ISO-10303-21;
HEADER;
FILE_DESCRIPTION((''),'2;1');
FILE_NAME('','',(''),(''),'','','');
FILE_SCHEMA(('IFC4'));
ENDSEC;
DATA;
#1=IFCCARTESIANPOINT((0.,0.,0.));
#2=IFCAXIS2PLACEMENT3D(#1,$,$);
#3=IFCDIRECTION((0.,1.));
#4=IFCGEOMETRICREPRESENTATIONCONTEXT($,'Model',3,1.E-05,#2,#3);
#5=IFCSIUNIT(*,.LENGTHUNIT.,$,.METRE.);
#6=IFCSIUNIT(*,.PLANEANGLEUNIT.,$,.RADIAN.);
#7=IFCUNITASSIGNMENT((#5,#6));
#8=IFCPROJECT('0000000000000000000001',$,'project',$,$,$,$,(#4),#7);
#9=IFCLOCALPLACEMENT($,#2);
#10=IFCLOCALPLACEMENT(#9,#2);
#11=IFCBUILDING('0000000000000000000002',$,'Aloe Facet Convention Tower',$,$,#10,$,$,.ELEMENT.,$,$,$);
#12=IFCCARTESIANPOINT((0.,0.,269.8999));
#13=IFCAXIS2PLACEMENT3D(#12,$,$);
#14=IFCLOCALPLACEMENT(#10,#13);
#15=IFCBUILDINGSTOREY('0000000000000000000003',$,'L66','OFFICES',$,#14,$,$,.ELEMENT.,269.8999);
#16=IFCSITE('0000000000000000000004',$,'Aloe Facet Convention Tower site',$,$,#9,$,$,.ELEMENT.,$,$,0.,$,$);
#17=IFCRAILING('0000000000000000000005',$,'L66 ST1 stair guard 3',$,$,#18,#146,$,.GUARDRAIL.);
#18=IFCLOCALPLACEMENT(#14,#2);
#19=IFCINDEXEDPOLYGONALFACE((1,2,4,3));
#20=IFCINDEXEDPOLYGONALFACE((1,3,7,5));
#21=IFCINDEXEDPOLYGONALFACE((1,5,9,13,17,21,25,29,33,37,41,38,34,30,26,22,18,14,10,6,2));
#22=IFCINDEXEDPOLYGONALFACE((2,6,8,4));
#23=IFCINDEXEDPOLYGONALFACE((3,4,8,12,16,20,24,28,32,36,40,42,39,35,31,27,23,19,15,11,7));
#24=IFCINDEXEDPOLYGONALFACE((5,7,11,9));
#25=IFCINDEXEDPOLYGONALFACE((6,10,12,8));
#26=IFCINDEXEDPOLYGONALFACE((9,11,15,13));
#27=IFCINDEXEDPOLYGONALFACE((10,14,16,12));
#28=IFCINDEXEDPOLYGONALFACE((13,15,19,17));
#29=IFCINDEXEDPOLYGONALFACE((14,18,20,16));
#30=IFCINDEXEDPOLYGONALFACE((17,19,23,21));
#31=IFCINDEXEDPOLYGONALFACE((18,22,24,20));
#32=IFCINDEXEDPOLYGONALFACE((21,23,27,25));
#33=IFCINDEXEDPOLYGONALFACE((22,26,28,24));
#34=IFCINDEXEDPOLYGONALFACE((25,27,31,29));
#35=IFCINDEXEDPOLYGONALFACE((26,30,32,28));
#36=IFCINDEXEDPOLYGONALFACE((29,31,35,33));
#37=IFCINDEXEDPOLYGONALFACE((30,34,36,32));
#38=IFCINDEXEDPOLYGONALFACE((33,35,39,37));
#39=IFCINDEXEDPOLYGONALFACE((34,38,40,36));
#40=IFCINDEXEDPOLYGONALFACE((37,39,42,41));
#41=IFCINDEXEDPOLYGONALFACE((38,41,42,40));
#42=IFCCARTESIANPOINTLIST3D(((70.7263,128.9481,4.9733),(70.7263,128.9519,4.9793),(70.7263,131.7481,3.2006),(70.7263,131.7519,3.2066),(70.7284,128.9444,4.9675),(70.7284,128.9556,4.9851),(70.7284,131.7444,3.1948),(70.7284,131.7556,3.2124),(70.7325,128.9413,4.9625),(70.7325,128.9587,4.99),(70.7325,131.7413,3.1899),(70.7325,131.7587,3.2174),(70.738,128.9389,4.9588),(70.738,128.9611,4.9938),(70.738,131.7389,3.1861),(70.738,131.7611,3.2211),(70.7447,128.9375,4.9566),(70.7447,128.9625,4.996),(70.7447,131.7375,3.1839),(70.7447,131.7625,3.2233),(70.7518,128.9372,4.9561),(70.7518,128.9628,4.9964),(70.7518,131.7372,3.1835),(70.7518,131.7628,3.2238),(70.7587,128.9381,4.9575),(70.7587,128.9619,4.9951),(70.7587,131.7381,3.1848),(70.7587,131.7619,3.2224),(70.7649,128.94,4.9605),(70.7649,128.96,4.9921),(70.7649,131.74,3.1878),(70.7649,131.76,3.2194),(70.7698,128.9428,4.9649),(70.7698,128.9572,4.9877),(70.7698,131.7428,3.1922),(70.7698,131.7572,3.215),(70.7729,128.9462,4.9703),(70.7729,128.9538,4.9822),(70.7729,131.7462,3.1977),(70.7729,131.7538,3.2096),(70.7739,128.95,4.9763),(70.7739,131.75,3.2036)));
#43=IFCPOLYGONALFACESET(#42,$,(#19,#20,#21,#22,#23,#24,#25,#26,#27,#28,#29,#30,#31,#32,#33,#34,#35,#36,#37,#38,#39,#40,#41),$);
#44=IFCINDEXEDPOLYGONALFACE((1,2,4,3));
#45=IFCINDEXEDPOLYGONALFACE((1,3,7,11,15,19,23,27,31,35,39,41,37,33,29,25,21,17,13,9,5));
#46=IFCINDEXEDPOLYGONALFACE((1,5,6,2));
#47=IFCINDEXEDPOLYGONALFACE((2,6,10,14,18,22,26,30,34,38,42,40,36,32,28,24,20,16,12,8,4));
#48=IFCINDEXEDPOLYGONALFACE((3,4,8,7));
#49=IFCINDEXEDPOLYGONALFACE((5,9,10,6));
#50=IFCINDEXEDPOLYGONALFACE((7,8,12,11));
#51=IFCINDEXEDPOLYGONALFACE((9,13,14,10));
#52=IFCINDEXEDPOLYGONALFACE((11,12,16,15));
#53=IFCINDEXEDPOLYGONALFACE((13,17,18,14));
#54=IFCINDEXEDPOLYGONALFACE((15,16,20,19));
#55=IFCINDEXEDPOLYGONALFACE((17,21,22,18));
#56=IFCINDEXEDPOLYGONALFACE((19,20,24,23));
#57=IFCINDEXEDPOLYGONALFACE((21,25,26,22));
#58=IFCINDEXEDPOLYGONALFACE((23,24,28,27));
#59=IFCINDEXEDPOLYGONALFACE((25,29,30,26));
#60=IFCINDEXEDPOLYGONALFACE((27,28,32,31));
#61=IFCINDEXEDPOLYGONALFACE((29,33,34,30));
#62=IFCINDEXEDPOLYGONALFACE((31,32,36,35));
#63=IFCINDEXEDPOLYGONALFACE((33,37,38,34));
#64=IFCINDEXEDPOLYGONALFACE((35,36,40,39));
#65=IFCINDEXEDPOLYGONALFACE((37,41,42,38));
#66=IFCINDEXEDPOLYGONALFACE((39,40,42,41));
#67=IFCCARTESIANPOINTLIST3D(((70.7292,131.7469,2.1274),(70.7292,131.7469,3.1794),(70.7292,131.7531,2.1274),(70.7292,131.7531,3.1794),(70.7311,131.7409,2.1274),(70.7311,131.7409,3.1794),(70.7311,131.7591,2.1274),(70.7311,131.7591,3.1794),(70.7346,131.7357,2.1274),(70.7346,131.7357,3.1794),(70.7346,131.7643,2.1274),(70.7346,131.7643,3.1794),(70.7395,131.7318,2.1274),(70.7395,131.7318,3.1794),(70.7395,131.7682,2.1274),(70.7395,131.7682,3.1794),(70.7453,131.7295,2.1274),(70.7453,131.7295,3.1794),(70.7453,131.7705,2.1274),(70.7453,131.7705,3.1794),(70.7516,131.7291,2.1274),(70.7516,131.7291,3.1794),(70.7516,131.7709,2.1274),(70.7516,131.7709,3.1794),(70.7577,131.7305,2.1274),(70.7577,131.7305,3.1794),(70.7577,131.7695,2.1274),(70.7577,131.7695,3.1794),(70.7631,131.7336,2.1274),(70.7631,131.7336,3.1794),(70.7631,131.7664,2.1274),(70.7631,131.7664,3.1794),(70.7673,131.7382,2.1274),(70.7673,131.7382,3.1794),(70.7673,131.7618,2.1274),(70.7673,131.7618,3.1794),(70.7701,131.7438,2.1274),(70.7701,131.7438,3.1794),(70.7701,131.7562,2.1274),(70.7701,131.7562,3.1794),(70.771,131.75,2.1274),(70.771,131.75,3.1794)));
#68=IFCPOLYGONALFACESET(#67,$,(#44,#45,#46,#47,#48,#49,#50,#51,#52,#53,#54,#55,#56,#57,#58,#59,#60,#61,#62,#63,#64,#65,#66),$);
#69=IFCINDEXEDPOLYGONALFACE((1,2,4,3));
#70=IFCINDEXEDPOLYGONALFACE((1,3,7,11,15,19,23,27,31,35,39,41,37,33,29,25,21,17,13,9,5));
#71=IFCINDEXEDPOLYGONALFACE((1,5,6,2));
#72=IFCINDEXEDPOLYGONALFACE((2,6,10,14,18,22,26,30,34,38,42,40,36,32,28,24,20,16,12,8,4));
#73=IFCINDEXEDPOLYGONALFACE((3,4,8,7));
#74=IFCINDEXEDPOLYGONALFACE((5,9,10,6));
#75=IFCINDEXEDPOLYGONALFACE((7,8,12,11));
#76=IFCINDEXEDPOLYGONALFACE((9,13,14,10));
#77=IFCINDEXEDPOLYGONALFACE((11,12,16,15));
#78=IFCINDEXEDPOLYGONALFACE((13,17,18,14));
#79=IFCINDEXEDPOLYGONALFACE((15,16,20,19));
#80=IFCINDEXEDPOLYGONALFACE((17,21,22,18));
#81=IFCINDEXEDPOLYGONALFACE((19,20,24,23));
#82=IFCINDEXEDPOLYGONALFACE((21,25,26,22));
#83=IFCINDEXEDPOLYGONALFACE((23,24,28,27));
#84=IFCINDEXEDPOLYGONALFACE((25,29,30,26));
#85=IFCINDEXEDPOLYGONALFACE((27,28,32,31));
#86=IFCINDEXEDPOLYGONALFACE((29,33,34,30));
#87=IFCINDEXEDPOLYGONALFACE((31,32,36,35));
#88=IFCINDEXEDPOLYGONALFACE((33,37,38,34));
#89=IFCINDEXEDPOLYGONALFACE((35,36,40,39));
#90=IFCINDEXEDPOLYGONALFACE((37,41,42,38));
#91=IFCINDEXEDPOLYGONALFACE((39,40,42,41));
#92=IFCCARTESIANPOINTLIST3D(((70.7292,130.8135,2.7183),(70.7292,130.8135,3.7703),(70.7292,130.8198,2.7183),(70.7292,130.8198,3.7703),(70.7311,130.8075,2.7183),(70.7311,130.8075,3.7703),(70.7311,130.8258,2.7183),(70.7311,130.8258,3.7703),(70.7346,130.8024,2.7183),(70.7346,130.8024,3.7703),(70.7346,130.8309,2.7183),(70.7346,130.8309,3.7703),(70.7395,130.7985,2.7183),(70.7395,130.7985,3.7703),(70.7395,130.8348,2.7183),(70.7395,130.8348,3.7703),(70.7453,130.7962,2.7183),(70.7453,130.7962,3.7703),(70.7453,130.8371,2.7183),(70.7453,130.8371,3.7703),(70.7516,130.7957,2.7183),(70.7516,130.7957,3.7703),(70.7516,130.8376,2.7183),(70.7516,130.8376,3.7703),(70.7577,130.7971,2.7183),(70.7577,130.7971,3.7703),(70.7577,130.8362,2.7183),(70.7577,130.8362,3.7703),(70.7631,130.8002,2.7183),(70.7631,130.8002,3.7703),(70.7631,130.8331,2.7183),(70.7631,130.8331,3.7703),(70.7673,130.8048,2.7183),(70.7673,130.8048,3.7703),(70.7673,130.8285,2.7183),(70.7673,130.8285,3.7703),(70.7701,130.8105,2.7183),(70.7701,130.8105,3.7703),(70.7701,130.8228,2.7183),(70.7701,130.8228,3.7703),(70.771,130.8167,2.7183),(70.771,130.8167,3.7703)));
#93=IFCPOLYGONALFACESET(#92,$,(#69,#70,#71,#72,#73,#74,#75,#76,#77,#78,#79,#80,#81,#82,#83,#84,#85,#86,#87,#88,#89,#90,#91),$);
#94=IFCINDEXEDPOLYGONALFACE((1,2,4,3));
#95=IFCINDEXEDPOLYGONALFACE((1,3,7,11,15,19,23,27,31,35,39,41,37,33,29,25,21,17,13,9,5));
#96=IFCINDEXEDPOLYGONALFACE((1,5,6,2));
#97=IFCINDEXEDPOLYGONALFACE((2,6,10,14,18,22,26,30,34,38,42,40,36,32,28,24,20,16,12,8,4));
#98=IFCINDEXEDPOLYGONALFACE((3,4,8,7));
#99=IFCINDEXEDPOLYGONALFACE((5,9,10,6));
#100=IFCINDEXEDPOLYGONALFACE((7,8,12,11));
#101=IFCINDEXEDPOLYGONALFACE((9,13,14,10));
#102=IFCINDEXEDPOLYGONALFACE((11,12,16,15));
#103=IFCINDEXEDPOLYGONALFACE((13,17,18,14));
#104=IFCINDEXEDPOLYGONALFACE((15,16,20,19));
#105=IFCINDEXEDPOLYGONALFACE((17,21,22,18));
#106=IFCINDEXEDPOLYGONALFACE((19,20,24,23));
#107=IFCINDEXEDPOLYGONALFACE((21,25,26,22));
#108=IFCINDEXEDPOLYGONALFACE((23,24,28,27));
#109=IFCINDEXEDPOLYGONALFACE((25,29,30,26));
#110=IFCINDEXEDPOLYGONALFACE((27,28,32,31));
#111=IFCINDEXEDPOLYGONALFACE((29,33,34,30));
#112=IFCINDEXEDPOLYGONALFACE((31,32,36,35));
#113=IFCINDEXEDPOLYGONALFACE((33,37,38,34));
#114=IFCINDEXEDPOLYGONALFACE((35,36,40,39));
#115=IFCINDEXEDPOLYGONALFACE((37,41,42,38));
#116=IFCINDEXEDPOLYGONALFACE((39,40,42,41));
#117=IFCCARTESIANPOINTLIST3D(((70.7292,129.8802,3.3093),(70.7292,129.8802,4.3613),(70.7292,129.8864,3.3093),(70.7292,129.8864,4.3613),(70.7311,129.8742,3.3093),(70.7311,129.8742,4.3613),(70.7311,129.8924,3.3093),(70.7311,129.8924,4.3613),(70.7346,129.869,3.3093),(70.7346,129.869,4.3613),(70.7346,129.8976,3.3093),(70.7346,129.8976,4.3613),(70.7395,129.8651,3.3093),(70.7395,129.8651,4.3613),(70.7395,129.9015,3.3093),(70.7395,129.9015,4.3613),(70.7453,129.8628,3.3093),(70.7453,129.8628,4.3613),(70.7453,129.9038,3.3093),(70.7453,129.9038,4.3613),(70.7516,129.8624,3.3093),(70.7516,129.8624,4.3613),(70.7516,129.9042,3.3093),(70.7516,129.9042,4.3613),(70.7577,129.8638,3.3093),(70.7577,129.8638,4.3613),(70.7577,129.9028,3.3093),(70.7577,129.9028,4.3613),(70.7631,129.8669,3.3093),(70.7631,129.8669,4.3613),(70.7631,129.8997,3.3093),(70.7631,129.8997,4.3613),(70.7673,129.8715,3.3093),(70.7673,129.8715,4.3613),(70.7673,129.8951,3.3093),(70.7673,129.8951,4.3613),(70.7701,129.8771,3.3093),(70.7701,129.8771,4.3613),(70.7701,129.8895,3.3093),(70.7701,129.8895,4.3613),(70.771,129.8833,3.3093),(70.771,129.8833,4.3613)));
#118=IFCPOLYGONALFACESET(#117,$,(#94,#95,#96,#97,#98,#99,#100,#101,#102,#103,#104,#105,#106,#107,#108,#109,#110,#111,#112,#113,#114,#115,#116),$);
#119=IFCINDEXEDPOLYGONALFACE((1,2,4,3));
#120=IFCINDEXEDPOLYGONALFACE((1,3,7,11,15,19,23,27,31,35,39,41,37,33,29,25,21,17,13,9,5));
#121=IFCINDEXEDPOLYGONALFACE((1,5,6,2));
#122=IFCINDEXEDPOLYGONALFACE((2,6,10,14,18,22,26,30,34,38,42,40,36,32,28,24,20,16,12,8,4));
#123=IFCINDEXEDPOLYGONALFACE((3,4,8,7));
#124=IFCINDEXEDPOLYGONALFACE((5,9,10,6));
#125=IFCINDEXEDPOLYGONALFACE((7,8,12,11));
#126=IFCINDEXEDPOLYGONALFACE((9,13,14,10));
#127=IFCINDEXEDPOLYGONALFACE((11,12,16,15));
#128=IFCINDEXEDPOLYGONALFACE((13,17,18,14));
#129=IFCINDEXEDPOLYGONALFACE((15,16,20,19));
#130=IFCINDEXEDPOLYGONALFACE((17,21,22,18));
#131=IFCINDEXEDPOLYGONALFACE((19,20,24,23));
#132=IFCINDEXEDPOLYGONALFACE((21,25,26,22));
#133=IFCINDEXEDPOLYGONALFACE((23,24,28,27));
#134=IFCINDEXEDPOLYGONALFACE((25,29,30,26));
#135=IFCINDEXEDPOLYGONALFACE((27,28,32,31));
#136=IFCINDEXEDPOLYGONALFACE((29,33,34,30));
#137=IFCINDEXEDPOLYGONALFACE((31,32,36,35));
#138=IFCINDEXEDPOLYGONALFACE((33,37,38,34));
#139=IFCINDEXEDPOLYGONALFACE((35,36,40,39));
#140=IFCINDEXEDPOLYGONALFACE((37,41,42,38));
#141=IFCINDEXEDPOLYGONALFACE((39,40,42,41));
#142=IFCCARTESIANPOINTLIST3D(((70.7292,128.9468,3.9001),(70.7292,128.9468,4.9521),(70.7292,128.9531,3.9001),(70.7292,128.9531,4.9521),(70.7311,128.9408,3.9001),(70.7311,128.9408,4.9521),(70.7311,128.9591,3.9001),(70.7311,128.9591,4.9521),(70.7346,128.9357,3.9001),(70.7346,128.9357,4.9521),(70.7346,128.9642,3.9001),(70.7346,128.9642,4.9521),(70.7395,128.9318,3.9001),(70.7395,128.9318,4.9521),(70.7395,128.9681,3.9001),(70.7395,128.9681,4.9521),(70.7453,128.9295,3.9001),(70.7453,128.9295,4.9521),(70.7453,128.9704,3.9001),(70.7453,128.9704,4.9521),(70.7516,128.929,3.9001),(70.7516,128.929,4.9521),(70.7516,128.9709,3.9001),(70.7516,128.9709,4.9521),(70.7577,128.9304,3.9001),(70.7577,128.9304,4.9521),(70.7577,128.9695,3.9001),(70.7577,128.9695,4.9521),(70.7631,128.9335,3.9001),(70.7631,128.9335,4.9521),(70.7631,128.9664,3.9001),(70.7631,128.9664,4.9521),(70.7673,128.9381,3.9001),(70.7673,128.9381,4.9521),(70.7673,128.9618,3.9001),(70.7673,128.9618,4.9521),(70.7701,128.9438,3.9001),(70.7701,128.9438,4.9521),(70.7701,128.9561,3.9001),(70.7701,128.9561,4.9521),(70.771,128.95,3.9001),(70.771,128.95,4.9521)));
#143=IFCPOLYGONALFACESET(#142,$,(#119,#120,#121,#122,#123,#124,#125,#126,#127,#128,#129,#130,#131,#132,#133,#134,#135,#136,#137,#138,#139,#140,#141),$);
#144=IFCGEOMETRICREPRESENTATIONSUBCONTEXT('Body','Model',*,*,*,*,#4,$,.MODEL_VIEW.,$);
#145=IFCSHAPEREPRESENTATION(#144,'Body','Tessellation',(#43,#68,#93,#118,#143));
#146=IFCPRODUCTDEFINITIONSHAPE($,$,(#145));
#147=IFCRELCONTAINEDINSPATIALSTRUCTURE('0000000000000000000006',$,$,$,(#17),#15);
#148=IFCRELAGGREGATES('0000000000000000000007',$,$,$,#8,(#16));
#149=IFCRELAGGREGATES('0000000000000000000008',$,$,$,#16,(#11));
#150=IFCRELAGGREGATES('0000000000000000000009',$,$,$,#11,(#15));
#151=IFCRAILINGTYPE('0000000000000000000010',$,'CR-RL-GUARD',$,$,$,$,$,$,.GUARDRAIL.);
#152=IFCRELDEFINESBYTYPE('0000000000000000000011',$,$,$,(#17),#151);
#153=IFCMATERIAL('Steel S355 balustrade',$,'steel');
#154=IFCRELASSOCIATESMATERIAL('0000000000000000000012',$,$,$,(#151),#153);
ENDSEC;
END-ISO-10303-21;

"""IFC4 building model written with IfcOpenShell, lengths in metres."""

from ifc_helpers import new_model, si_unit, direction, frame, origin, origin_2d, place, context, subcontext, project, spatial, circle, extrude, material, type_object, element, save


model = new_model("IFC4")

# Units and contexts
model_context = context("Model", 3, precision=1e-05, world=origin(), true_north=direction((0.0, 1.0)))
body_context = subcontext(model_context, "Body", "Model", "MODEL_VIEW")
ifc_project = project(units=[si_unit("LENGTHUNIT", "METRE"), si_unit("PLANEANGLEUNIT", "RADIAN")], contexts=[model_context])

# Site, building, storey
site_placement = place(None, origin())
site = spatial("IfcSite", under=ifc_project, at=site_placement, Name="Aloe Facet Convention Tower site", CompositionType="ELEMENT", RefElevation=0.0)
building_placement = place(site_placement, origin())
building = spatial("IfcBuilding", under=site, at=building_placement, Name="Aloe Facet Convention Tower", CompositionType="ELEMENT")
storey_placement = place(building_placement, frame((0.0, 0.0, 269.8999)))
storey = spatial("IfcBuildingStorey", under=building, at=storey_placement, Name="L66", Description="OFFICES", CompositionType="ELEMENT", Elevation=269.8999)

# Railing
ifc_material_1 = material(Name="Steel S355 balustrade", Category="steel")
railing_type_1 = type_object("IfcRailingType", Name="CR-RL-GUARD", PredefinedType="GUARDRAIL", material=ifc_material_1)
railing_1_placement = place(storey_placement, frame((70.75, 131.75, 2.1274)))
element("IfcRailing", 1, at=railing_1_placement, inside=storey, type_object=railing_type_1, Name="L66 ST1 stair guard 3", PredefinedType="GUARDRAIL", context=body_context, shape_type="SweptSolid", body=[
    extrude(circle(Radius=0.0239, at=origin_2d()), frame((0.0, 0.0, 1.0762), z_axis=(0.0, -0.844909, 0.53491), x_axis=(1.0, 0.0, 0.0)), (0.0, 0.0, 1.0), 3.314),
    extrude(circle(Radius=0.021, at=origin_2d()), origin(), (0.0, 0.0, 1.0), 1.052),
    extrude(circle(Radius=0.021, at=origin_2d()), frame((0.0, -0.9333, 0.5908)), (0.0, 0.0, 1.0), 1.052),
    extrude(circle(Radius=0.021, at=origin_2d()), frame((0.0, -1.8667, 1.1819)), (0.0, 0.0, 1.0), 1.052),
    extrude(circle(Radius=0.021, at=origin_2d()), frame((0.0, -2.8, 1.7727)), (0.0, 0.0, 1.0), 1.052),
])

save(model, "model.ifc")
